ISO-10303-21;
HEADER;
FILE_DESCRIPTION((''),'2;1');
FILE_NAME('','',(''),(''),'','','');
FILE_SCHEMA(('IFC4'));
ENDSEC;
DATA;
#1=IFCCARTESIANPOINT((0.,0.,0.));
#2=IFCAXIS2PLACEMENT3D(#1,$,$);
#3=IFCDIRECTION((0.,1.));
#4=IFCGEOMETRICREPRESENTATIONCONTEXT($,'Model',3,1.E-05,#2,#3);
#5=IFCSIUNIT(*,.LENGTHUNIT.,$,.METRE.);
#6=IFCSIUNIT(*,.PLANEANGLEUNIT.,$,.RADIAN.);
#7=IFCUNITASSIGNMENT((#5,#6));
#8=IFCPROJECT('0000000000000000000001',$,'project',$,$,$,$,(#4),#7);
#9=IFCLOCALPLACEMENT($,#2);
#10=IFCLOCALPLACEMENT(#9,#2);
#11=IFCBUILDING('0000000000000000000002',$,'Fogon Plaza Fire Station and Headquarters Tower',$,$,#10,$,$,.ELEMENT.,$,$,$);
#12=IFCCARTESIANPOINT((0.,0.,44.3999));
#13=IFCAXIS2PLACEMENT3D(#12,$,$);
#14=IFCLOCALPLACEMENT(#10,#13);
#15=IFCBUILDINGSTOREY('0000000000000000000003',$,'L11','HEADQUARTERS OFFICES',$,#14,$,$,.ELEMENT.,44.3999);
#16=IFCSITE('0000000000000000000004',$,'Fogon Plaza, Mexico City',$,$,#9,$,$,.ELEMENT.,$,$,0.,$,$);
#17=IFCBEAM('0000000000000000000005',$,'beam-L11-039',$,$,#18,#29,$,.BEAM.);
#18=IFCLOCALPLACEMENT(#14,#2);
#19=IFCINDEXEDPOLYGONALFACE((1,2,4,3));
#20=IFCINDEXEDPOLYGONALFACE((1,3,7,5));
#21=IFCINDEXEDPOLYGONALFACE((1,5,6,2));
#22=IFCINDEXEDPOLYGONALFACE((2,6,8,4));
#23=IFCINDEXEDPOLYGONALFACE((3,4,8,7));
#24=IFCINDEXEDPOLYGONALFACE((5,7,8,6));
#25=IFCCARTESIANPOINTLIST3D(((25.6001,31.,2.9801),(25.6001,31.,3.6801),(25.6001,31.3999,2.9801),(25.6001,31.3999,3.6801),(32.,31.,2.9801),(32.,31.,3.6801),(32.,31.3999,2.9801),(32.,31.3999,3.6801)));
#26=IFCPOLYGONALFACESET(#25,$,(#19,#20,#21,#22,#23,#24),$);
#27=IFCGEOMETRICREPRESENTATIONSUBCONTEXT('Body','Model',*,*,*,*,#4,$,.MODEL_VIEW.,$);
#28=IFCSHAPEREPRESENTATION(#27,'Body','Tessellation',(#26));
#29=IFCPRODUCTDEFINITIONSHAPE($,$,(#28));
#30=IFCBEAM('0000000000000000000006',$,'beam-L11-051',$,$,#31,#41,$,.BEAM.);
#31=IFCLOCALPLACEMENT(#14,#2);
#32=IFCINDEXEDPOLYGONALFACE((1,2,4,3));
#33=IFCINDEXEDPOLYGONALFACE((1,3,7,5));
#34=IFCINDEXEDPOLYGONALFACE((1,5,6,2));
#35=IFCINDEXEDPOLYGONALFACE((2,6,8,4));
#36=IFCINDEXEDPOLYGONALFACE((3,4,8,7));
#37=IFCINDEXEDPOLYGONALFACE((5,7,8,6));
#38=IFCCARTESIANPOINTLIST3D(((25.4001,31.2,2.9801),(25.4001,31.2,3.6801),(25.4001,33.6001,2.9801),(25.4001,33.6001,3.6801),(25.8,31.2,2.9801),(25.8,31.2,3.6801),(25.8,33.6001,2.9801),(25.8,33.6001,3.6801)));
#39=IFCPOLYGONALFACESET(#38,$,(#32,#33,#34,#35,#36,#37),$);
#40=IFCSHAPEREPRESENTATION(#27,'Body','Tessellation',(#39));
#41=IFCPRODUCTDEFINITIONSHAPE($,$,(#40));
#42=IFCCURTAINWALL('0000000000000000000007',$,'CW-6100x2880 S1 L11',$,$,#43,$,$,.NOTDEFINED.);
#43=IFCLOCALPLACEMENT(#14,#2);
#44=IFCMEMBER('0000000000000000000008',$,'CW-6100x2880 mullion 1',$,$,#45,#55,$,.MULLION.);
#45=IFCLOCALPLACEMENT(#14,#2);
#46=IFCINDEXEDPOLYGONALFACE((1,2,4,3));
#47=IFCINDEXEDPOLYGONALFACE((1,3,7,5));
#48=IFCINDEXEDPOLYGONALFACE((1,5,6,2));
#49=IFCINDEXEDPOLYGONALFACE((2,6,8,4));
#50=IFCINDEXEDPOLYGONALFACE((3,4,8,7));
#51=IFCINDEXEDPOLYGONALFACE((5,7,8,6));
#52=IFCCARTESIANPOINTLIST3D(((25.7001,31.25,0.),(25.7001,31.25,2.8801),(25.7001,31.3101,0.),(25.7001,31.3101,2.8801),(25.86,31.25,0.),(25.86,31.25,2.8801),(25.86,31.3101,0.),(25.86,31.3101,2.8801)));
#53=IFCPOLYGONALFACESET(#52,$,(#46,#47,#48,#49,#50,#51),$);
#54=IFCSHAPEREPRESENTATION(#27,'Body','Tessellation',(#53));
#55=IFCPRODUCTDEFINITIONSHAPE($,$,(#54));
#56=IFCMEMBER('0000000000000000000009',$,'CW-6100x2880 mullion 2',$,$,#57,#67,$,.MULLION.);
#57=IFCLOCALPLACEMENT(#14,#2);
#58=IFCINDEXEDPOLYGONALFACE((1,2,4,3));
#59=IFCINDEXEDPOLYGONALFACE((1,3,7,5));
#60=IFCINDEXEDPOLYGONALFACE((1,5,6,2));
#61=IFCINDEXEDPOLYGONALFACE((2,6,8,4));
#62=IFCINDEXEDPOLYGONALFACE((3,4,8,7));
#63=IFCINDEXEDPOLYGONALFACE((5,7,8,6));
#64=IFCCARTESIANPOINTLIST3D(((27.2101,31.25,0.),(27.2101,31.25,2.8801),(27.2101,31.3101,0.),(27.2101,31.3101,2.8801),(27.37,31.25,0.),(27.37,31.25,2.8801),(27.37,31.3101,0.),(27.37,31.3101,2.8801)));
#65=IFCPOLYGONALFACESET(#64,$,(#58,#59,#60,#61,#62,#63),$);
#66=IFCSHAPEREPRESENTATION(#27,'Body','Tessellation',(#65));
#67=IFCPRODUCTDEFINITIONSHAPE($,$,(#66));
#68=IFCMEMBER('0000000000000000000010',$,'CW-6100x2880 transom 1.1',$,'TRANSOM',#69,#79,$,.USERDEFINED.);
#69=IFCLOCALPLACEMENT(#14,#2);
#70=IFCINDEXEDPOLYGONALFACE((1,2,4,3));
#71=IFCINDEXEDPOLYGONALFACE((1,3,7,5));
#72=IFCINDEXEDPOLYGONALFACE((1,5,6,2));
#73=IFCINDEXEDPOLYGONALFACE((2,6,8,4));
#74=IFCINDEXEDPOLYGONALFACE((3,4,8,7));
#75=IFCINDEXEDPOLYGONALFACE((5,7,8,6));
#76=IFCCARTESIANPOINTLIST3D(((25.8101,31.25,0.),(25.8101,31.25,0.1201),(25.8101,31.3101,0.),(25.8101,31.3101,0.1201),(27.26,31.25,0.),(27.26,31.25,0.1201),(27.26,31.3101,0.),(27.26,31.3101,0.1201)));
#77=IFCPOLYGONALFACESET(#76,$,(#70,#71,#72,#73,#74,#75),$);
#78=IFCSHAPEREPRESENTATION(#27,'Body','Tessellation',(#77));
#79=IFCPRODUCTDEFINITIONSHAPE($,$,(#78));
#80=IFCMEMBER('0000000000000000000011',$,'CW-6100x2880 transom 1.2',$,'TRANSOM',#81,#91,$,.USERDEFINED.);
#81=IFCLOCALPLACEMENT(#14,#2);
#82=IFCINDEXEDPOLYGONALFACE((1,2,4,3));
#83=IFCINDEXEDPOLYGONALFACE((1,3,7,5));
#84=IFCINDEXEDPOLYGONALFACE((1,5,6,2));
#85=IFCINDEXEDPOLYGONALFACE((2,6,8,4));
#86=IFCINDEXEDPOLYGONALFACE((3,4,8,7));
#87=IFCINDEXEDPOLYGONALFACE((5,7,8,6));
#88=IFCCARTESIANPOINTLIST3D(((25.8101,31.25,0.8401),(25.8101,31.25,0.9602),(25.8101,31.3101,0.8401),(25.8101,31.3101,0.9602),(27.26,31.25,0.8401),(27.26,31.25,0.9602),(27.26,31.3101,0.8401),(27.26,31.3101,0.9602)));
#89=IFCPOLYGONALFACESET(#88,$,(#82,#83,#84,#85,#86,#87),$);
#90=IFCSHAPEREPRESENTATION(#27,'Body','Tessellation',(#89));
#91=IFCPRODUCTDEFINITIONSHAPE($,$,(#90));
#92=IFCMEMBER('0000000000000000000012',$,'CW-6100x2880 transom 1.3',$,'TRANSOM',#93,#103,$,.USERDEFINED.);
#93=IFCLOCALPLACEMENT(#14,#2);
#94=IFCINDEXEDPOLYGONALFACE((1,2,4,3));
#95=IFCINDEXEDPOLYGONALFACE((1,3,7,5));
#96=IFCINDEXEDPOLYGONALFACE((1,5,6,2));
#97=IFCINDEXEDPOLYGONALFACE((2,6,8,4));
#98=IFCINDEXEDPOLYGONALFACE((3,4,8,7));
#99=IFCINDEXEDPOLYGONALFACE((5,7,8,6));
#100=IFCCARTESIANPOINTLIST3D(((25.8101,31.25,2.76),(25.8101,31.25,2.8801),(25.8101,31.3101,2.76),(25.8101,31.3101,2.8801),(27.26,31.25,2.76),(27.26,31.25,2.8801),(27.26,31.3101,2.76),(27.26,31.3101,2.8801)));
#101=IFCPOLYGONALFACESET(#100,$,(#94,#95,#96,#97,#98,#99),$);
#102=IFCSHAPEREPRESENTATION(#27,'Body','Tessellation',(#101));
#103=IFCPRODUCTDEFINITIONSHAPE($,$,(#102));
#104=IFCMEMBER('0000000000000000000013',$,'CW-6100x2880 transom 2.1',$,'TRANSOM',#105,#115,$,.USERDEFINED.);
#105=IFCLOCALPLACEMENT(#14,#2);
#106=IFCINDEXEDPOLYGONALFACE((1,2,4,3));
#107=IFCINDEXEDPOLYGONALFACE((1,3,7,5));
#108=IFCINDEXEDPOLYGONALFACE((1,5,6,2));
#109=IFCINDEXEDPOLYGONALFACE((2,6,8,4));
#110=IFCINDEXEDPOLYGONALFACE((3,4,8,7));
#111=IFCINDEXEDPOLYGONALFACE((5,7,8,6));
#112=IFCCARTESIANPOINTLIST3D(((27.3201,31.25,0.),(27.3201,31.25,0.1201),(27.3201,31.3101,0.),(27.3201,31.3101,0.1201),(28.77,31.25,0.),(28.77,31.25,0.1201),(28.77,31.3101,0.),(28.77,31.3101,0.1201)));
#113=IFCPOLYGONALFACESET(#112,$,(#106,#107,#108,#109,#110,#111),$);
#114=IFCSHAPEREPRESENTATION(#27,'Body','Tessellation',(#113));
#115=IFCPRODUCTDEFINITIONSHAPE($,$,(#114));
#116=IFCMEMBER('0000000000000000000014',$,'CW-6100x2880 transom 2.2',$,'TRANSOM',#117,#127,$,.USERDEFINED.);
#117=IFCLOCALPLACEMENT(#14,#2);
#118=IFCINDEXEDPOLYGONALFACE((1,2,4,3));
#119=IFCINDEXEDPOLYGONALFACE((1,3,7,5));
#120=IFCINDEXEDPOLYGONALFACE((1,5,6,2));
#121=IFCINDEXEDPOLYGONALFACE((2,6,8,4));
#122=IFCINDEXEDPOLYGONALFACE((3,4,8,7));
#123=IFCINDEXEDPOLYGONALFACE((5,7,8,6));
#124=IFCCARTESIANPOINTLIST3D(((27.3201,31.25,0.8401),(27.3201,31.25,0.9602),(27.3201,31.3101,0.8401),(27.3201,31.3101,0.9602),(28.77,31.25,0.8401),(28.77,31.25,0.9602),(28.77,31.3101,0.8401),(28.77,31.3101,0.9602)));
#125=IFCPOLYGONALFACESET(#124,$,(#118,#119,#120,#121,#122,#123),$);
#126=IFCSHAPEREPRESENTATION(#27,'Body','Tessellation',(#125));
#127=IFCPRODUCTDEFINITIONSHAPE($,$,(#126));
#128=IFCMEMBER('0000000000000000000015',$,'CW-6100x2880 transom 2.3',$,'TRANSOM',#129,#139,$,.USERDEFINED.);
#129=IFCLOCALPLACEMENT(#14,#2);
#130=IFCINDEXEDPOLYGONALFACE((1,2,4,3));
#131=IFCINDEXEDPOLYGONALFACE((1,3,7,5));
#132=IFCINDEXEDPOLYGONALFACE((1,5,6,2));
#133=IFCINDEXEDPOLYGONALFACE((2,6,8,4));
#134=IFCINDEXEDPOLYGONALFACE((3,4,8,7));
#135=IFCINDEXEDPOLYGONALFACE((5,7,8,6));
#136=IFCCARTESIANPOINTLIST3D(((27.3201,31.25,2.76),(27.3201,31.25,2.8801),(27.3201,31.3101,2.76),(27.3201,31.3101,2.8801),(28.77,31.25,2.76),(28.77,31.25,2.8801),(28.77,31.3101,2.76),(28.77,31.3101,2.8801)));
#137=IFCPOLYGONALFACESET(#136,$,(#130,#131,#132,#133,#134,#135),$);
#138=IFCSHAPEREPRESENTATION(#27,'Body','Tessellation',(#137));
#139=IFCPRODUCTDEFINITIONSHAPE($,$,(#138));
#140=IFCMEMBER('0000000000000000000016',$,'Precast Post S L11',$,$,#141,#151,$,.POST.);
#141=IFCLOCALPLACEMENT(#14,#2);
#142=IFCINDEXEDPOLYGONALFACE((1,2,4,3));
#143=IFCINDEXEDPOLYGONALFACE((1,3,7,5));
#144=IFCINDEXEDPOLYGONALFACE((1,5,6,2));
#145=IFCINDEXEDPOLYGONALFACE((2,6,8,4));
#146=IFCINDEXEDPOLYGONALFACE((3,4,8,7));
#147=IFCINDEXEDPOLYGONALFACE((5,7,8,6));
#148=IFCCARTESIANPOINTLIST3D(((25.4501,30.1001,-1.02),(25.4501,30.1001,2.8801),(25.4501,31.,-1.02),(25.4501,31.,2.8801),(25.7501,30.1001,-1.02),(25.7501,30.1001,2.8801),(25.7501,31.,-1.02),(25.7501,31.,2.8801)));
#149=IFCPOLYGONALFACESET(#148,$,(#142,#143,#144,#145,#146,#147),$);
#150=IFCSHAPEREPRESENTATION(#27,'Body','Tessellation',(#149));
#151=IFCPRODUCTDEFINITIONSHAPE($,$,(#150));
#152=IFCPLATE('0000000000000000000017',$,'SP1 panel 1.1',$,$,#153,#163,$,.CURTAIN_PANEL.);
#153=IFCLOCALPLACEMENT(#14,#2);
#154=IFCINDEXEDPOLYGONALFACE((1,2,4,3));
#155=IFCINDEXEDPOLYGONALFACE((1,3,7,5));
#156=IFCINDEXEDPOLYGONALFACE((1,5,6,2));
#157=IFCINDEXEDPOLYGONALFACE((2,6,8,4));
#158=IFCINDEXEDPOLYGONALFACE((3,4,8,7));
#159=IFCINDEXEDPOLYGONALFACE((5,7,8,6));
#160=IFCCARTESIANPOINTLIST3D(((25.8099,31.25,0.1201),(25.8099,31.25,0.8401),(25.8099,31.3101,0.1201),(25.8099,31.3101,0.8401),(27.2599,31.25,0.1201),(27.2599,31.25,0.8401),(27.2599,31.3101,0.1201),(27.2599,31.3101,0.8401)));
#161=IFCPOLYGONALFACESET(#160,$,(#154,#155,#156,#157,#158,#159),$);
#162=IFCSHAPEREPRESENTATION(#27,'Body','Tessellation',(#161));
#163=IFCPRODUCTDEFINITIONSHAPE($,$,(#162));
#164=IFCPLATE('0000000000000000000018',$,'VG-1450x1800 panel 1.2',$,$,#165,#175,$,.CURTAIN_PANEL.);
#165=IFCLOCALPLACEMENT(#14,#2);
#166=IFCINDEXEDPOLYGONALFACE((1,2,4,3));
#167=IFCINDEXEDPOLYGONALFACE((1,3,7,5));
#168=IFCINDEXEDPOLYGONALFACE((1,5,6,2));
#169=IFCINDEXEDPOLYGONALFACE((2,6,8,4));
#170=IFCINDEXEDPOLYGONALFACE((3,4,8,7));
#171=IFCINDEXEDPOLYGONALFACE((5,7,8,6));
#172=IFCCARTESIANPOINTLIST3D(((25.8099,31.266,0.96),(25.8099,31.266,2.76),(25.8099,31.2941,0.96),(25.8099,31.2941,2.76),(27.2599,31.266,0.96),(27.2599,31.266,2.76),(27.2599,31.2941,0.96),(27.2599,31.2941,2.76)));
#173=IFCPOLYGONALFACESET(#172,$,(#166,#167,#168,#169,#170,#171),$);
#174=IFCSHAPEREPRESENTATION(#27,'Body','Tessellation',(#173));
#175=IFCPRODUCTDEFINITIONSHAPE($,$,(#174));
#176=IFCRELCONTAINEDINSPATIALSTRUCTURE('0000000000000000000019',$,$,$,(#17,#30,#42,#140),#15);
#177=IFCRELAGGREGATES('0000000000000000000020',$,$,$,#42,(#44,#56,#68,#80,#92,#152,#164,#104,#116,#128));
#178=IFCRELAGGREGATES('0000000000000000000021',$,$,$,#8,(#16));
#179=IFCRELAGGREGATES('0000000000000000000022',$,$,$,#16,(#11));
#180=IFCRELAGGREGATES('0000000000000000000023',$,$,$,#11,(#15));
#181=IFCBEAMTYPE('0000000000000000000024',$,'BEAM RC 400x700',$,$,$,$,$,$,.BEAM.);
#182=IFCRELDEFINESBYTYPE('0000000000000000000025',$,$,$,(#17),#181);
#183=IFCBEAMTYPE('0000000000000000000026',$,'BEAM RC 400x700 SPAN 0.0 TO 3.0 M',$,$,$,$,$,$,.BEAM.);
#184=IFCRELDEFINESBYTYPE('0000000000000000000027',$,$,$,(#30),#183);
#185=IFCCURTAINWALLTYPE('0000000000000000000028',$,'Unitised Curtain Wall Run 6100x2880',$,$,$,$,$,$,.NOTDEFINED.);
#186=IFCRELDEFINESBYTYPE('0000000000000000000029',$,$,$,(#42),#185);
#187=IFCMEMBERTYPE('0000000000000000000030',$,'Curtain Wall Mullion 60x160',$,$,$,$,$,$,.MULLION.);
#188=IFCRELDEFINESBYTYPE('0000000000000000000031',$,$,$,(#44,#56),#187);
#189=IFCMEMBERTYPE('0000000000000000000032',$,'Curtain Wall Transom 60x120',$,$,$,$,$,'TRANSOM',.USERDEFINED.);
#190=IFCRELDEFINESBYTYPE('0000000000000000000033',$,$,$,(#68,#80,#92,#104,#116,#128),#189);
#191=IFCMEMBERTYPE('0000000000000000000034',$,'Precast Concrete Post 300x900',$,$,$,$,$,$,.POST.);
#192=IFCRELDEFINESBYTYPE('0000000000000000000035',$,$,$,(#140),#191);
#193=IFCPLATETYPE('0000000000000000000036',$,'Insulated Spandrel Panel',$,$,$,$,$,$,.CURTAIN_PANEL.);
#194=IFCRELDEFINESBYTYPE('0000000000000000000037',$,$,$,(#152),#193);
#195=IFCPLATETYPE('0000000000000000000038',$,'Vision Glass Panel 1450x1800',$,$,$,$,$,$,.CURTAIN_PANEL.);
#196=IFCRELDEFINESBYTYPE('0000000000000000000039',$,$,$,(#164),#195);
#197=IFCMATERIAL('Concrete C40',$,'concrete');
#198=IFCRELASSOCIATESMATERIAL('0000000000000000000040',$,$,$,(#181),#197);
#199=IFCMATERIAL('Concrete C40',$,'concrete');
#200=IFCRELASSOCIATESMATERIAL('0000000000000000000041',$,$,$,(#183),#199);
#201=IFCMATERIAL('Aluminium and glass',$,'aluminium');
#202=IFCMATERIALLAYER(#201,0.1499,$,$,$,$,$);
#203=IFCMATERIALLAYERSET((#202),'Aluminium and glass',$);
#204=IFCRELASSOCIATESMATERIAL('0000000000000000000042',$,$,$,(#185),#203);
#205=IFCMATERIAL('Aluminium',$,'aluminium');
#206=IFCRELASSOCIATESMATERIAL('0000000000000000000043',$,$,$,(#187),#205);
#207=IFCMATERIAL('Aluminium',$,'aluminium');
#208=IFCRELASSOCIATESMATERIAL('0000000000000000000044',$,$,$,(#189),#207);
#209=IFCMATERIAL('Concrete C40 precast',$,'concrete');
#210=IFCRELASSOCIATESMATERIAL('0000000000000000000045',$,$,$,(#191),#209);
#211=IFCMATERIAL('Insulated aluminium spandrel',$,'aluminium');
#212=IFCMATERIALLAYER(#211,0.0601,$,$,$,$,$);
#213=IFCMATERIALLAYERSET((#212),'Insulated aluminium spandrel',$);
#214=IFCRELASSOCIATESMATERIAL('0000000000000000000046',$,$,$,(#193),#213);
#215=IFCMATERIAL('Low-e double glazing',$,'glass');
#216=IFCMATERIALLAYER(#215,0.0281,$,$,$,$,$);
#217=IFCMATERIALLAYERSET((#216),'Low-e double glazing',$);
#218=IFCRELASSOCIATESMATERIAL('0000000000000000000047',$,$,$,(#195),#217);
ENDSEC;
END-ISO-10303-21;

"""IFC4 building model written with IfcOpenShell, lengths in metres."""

from ifc_helpers import new_model, si_unit, direction, frame, origin, origin_2d, place, context, subcontext, project, spatial, rectangle, extrude, material, layer, layer_set, material_profile, profile_set, type_object, element, aggregate, save


model = new_model("IFC4")

# Units and contexts
model_context = context("Model", 3, precision=1e-05, world=origin(), true_north=direction((0.0, 1.0)))
body_context = subcontext(model_context, "Body", "Model", "MODEL_VIEW")
ifc_project = project(units=[si_unit("LENGTHUNIT", "METRE"), si_unit("PLANEANGLEUNIT", "RADIAN")], contexts=[model_context])

# Site, building, storey
site_placement = place(None, origin())
site = spatial("IfcSite", under=ifc_project, at=site_placement, Name="Fogon Plaza, Mexico City", CompositionType="ELEMENT", RefElevation=0.0)
building_placement = place(site_placement, origin())
building = spatial("IfcBuilding", under=site, at=building_placement, Name="Fogon Plaza Fire Station and Headquarters Tower", CompositionType="ELEMENT")
storey_placement = place(building_placement, frame((0.0, 0.0, 44.3999)))
storey = spatial("IfcBuildingStorey", under=building, at=storey_placement, Name="L11", Description="HEADQUARTERS OFFICES", CompositionType="ELEMENT", Elevation=44.3999)

# Beams
ifc_material_1 = material(Name="Concrete C40", Category="concrete")
ifc_material_profile_1 = material_profile(ifc_material_1, rectangle(XDim=0.3999, YDim=0.7, at=origin_2d()), Name="RC 400x700")
ifc_profile_set_1 = profile_set([ifc_material_profile_1], Name="Concrete C40")
beam_type_1 = type_object("IfcBeamType", Name="BEAM RC 400x700", PredefinedType="BEAM", material=ifc_profile_set_1)
beam_1_placement = place(storey_placement, frame((25.6001, 31.2, 3.3301), z_axis=(1.0, 0.0, 0.0), x_axis=(0.0, 1.0, 0.0)))
element("IfcBeam", 1, at=beam_1_placement, inside=storey, type_object=beam_type_1, Name="beam-L11-039", PredefinedType="BEAM", context=body_context, shape_type="SweptSolid", body=[
    extrude(rectangle(XDim=0.3999, YDim=0.7, at=origin_2d()), origin(), (0.0, 0.0, 1.0), 6.3999),
])
ifc_material_2 = material(Name="Concrete C40", Category="concrete")
ifc_material_profile_2 = material_profile(ifc_material_2, rectangle(XDim=0.3999, YDim=0.7, at=origin_2d()), Name="RC 400x700")
ifc_profile_set_2 = profile_set([ifc_material_profile_2], Name="Concrete C40")
beam_type_2 = type_object("IfcBeamType", Name="BEAM RC 400x700 SPAN 0.0 TO 3.0 M", PredefinedType="BEAM", material=ifc_profile_set_2)
beam_2_placement = place(storey_placement, frame((25.6001, 31.2, 3.3301), z_axis=(0.0, 1.0, 0.0), x_axis=(-1.0, 0.0, 0.0)))
element("IfcBeam", 2, at=beam_2_placement, inside=storey, type_object=beam_type_2, Name="beam-L11-051", PredefinedType="BEAM", context=body_context, shape_type="SweptSolid", body=[
    extrude(rectangle(XDim=0.3999, YDim=0.7, at=origin_2d()), origin(), (0.0, 0.0, 1.0), 2.4001),
])

# Curtain wall, members
ifc_material_3 = material(Name="Aluminium and glass", Category="aluminium")
ifc_layer_1 = layer(ifc_material_3, 0.1499)
ifc_layer_set_1 = layer_set([ifc_layer_1], Name="Aluminium and glass")
curtain_wall_type = type_object("IfcCurtainWallType", Name="Unitised Curtain Wall Run 6100x2880", PredefinedType="NOTDEFINED", material=ifc_layer_set_1)
curtain_wall_placement = place(storey_placement, origin())
curtain_wall = element("IfcCurtainWall", 3, at=curtain_wall_placement, inside=storey, type_object=curtain_wall_type, Name="CW-6100x2880 S1 L11", PredefinedType="NOTDEFINED")
ifc_material_4 = material(Name="Aluminium", Category="aluminium")
ifc_material_profile_3 = material_profile(ifc_material_4, rectangle(XDim=0.0601, YDim=0.1599, at=origin_2d()), Name="Curtain Wall Mullion 60x160")
ifc_profile_set_3 = profile_set([ifc_material_profile_3], Name="Aluminium")
member_type_1 = type_object("IfcMemberType", Name="Curtain Wall Mullion 60x160", PredefinedType="MULLION", material=ifc_profile_set_3)
member_1_placement = place(storey_placement, frame((25.78, 31.28, 0.0), z_axis=(0.0, 0.0, 1.0), x_axis=(0.0, 1.0, 0.0)))
member_1 = element("IfcMember", 4, at=member_1_placement, type_object=member_type_1, Name="CW-6100x2880 mullion 1", PredefinedType="MULLION", context=body_context, shape_type="SweptSolid", body=[
    extrude(rectangle(XDim=0.0601, YDim=0.1599, at=origin_2d()), origin(), (0.0, 0.0, 1.0), 2.8801),
])
member_2_placement = place(storey_placement, frame((27.29, 31.28, 0.0), z_axis=(0.0, 0.0, 1.0), x_axis=(0.0, 1.0, 0.0)))
member_2 = element("IfcMember", 5, at=member_2_placement, type_object=member_type_1, Name="CW-6100x2880 mullion 2", PredefinedType="MULLION", context=body_context, shape_type="SweptSolid", body=[
    extrude(rectangle(XDim=0.0601, YDim=0.1599, at=origin_2d()), origin(), (0.0, 0.0, 1.0), 2.8801),
])
ifc_material_5 = material(Name="Aluminium", Category="aluminium")
ifc_material_profile_4 = material_profile(ifc_material_5, rectangle(XDim=0.0601, YDim=0.1201, at=origin_2d()), Name="Curtain Wall Transom 60x120")
ifc_profile_set_4 = profile_set([ifc_material_profile_4], Name="Aluminium")
member_type_2 = type_object("IfcMemberType", Name="Curtain Wall Transom 60x120", ElementType="TRANSOM", PredefinedType="USERDEFINED", material=ifc_profile_set_4)
member_3_placement = place(storey_placement, frame((25.8101, 31.28, 0.0601), z_axis=(1.0, 0.0, 0.0), x_axis=(0.0, 1.0, 0.0)))
member_3 = element("IfcMember", 6, at=member_3_placement, type_object=member_type_2, Name="CW-6100x2880 transom 1.1", ObjectType="TRANSOM", PredefinedType="USERDEFINED", context=body_context, shape_type="SweptSolid", body=[
    extrude(rectangle(XDim=0.0601, YDim=0.1201, at=origin_2d()), origin(), (0.0, 0.0, 1.0), 1.45),
])
member_4_placement = place(storey_placement, frame((25.8101, 31.28, 0.9001), z_axis=(1.0, 0.0, 0.0), x_axis=(0.0, 1.0, 0.0)))
member_4 = element("IfcMember", 7, at=member_4_placement, type_object=member_type_2, Name="CW-6100x2880 transom 1.2", ObjectType="TRANSOM", PredefinedType="USERDEFINED", context=body_context, shape_type="SweptSolid", body=[
    extrude(rectangle(XDim=0.0601, YDim=0.1201, at=origin_2d()), origin(), (0.0, 0.0, 1.0), 1.45),
])
member_5_placement = place(storey_placement, frame((25.8101, 31.28, 2.8201), z_axis=(1.0, 0.0, 0.0), x_axis=(0.0, 1.0, 0.0)))
member_5 = element("IfcMember", 8, at=member_5_placement, type_object=member_type_2, Name="CW-6100x2880 transom 1.3", ObjectType="TRANSOM", PredefinedType="USERDEFINED", context=body_context, shape_type="SweptSolid", body=[
    extrude(rectangle(XDim=0.0601, YDim=0.1201, at=origin_2d()), origin(), (0.0, 0.0, 1.0), 1.45),
])
member_6_placement = place(storey_placement, frame((27.3201, 31.28, 0.0601), z_axis=(1.0, 0.0, 0.0), x_axis=(0.0, 1.0, 0.0)))
member_6 = element("IfcMember", 9, at=member_6_placement, type_object=member_type_2, Name="CW-6100x2880 transom 2.1", ObjectType="TRANSOM", PredefinedType="USERDEFINED", context=body_context, shape_type="SweptSolid", body=[
    extrude(rectangle(XDim=0.0601, YDim=0.1201, at=origin_2d()), origin(), (0.0, 0.0, 1.0), 1.45),
])
member_7_placement = place(storey_placement, frame((27.3201, 31.28, 0.9001), z_axis=(1.0, 0.0, 0.0), x_axis=(0.0, 1.0, 0.0)))
member_7 = element("IfcMember", 10, at=member_7_placement, type_object=member_type_2, Name="CW-6100x2880 transom 2.2", ObjectType="TRANSOM", PredefinedType="USERDEFINED", context=body_context, shape_type="SweptSolid", body=[
    extrude(rectangle(XDim=0.0601, YDim=0.1201, at=origin_2d()), origin(), (0.0, 0.0, 1.0), 1.45),
])
member_8_placement = place(storey_placement, frame((27.3201, 31.28, 2.8201), z_axis=(1.0, 0.0, 0.0), x_axis=(0.0, 1.0, 0.0)))
member_8 = element("IfcMember", 11, at=member_8_placement, type_object=member_type_2, Name="CW-6100x2880 transom 2.3", ObjectType="TRANSOM", PredefinedType="USERDEFINED", context=body_context, shape_type="SweptSolid", body=[
    extrude(rectangle(XDim=0.0601, YDim=0.1201, at=origin_2d()), origin(), (0.0, 0.0, 1.0), 1.45),
])

# Member
ifc_material_6 = material(Name="Concrete C40 precast", Category="concrete")
ifc_material_profile_5 = material_profile(ifc_material_6, rectangle(XDim=0.3, YDim=0.8999, at=origin_2d()), Name="Precast Concrete Post 300x900")
ifc_profile_set_5 = profile_set([ifc_material_profile_5], Name="Concrete C40 precast")
member_type_3 = type_object("IfcMemberType", Name="Precast Concrete Post 300x900", PredefinedType="POST", material=ifc_profile_set_5)
member_9_placement = place(storey_placement, frame((25.6001, 30.55, -1.02), z_axis=(0.0, 0.0, 1.0), x_axis=(1.0, 0.0, 0.0)))
element("IfcMember", 12, at=member_9_placement, inside=storey, type_object=member_type_3, Name="Precast Post S L11", PredefinedType="POST", context=body_context, shape_type="SweptSolid", body=[
    extrude(rectangle(XDim=0.3, YDim=0.8999, at=origin_2d()), origin(), (0.0, 0.0, 1.0), 3.9001),
])

# Plates
ifc_material_7 = material(Name="Insulated aluminium spandrel", Category="aluminium")
ifc_layer_2 = layer(ifc_material_7, 0.0601)
ifc_layer_set_2 = layer_set([ifc_layer_2], Name="Insulated aluminium spandrel")
plate_type_1 = type_object("IfcPlateType", Name="Insulated Spandrel Panel", PredefinedType="CURTAIN_PANEL", material=ifc_layer_set_2)
plate_1_placement = place(storey_placement, frame((26.5349, 31.28, 0.1201), z_axis=(0.0, 0.0, 1.0), x_axis=(1.0, 0.0, 0.0)))
plate_1 = element("IfcPlate", 13, at=plate_1_placement, type_object=plate_type_1, Name="SP1 panel 1.1", PredefinedType="CURTAIN_PANEL", context=body_context, shape_type="SweptSolid", body=[
    extrude(rectangle(XDim=1.45, YDim=0.0601, at=origin_2d()), origin(), (0.0, 0.0, 1.0), 0.72),
])
ifc_material_8 = material(Name="Low-e double glazing", Category="glass")
ifc_layer_3 = layer(ifc_material_8, 0.0281)
ifc_layer_set_3 = layer_set([ifc_layer_3], Name="Low-e double glazing")
plate_type_2 = type_object("IfcPlateType", Name="Vision Glass Panel 1450x1800", PredefinedType="CURTAIN_PANEL", material=ifc_layer_set_3)
plate_2_placement = place(storey_placement, frame((26.5349, 31.28, 0.96), z_axis=(0.0, 0.0, 1.0), x_axis=(1.0, 0.0, 0.0)))
plate_2 = element("IfcPlate", 14, at=plate_2_placement, type_object=plate_type_2, Name="VG-1450x1800 panel 1.2", PredefinedType="CURTAIN_PANEL", context=body_context, shape_type="SweptSolid", body=[
    extrude(rectangle(XDim=1.45, YDim=0.0281, at=origin_2d()), origin(), (0.0, 0.0, 1.0), 1.8),
])
aggregate(curtain_wall, [member_1, member_2, member_3, member_4, member_5, plate_1, plate_2, member_6, member_7, member_8])

save(model, "model.ifc")
